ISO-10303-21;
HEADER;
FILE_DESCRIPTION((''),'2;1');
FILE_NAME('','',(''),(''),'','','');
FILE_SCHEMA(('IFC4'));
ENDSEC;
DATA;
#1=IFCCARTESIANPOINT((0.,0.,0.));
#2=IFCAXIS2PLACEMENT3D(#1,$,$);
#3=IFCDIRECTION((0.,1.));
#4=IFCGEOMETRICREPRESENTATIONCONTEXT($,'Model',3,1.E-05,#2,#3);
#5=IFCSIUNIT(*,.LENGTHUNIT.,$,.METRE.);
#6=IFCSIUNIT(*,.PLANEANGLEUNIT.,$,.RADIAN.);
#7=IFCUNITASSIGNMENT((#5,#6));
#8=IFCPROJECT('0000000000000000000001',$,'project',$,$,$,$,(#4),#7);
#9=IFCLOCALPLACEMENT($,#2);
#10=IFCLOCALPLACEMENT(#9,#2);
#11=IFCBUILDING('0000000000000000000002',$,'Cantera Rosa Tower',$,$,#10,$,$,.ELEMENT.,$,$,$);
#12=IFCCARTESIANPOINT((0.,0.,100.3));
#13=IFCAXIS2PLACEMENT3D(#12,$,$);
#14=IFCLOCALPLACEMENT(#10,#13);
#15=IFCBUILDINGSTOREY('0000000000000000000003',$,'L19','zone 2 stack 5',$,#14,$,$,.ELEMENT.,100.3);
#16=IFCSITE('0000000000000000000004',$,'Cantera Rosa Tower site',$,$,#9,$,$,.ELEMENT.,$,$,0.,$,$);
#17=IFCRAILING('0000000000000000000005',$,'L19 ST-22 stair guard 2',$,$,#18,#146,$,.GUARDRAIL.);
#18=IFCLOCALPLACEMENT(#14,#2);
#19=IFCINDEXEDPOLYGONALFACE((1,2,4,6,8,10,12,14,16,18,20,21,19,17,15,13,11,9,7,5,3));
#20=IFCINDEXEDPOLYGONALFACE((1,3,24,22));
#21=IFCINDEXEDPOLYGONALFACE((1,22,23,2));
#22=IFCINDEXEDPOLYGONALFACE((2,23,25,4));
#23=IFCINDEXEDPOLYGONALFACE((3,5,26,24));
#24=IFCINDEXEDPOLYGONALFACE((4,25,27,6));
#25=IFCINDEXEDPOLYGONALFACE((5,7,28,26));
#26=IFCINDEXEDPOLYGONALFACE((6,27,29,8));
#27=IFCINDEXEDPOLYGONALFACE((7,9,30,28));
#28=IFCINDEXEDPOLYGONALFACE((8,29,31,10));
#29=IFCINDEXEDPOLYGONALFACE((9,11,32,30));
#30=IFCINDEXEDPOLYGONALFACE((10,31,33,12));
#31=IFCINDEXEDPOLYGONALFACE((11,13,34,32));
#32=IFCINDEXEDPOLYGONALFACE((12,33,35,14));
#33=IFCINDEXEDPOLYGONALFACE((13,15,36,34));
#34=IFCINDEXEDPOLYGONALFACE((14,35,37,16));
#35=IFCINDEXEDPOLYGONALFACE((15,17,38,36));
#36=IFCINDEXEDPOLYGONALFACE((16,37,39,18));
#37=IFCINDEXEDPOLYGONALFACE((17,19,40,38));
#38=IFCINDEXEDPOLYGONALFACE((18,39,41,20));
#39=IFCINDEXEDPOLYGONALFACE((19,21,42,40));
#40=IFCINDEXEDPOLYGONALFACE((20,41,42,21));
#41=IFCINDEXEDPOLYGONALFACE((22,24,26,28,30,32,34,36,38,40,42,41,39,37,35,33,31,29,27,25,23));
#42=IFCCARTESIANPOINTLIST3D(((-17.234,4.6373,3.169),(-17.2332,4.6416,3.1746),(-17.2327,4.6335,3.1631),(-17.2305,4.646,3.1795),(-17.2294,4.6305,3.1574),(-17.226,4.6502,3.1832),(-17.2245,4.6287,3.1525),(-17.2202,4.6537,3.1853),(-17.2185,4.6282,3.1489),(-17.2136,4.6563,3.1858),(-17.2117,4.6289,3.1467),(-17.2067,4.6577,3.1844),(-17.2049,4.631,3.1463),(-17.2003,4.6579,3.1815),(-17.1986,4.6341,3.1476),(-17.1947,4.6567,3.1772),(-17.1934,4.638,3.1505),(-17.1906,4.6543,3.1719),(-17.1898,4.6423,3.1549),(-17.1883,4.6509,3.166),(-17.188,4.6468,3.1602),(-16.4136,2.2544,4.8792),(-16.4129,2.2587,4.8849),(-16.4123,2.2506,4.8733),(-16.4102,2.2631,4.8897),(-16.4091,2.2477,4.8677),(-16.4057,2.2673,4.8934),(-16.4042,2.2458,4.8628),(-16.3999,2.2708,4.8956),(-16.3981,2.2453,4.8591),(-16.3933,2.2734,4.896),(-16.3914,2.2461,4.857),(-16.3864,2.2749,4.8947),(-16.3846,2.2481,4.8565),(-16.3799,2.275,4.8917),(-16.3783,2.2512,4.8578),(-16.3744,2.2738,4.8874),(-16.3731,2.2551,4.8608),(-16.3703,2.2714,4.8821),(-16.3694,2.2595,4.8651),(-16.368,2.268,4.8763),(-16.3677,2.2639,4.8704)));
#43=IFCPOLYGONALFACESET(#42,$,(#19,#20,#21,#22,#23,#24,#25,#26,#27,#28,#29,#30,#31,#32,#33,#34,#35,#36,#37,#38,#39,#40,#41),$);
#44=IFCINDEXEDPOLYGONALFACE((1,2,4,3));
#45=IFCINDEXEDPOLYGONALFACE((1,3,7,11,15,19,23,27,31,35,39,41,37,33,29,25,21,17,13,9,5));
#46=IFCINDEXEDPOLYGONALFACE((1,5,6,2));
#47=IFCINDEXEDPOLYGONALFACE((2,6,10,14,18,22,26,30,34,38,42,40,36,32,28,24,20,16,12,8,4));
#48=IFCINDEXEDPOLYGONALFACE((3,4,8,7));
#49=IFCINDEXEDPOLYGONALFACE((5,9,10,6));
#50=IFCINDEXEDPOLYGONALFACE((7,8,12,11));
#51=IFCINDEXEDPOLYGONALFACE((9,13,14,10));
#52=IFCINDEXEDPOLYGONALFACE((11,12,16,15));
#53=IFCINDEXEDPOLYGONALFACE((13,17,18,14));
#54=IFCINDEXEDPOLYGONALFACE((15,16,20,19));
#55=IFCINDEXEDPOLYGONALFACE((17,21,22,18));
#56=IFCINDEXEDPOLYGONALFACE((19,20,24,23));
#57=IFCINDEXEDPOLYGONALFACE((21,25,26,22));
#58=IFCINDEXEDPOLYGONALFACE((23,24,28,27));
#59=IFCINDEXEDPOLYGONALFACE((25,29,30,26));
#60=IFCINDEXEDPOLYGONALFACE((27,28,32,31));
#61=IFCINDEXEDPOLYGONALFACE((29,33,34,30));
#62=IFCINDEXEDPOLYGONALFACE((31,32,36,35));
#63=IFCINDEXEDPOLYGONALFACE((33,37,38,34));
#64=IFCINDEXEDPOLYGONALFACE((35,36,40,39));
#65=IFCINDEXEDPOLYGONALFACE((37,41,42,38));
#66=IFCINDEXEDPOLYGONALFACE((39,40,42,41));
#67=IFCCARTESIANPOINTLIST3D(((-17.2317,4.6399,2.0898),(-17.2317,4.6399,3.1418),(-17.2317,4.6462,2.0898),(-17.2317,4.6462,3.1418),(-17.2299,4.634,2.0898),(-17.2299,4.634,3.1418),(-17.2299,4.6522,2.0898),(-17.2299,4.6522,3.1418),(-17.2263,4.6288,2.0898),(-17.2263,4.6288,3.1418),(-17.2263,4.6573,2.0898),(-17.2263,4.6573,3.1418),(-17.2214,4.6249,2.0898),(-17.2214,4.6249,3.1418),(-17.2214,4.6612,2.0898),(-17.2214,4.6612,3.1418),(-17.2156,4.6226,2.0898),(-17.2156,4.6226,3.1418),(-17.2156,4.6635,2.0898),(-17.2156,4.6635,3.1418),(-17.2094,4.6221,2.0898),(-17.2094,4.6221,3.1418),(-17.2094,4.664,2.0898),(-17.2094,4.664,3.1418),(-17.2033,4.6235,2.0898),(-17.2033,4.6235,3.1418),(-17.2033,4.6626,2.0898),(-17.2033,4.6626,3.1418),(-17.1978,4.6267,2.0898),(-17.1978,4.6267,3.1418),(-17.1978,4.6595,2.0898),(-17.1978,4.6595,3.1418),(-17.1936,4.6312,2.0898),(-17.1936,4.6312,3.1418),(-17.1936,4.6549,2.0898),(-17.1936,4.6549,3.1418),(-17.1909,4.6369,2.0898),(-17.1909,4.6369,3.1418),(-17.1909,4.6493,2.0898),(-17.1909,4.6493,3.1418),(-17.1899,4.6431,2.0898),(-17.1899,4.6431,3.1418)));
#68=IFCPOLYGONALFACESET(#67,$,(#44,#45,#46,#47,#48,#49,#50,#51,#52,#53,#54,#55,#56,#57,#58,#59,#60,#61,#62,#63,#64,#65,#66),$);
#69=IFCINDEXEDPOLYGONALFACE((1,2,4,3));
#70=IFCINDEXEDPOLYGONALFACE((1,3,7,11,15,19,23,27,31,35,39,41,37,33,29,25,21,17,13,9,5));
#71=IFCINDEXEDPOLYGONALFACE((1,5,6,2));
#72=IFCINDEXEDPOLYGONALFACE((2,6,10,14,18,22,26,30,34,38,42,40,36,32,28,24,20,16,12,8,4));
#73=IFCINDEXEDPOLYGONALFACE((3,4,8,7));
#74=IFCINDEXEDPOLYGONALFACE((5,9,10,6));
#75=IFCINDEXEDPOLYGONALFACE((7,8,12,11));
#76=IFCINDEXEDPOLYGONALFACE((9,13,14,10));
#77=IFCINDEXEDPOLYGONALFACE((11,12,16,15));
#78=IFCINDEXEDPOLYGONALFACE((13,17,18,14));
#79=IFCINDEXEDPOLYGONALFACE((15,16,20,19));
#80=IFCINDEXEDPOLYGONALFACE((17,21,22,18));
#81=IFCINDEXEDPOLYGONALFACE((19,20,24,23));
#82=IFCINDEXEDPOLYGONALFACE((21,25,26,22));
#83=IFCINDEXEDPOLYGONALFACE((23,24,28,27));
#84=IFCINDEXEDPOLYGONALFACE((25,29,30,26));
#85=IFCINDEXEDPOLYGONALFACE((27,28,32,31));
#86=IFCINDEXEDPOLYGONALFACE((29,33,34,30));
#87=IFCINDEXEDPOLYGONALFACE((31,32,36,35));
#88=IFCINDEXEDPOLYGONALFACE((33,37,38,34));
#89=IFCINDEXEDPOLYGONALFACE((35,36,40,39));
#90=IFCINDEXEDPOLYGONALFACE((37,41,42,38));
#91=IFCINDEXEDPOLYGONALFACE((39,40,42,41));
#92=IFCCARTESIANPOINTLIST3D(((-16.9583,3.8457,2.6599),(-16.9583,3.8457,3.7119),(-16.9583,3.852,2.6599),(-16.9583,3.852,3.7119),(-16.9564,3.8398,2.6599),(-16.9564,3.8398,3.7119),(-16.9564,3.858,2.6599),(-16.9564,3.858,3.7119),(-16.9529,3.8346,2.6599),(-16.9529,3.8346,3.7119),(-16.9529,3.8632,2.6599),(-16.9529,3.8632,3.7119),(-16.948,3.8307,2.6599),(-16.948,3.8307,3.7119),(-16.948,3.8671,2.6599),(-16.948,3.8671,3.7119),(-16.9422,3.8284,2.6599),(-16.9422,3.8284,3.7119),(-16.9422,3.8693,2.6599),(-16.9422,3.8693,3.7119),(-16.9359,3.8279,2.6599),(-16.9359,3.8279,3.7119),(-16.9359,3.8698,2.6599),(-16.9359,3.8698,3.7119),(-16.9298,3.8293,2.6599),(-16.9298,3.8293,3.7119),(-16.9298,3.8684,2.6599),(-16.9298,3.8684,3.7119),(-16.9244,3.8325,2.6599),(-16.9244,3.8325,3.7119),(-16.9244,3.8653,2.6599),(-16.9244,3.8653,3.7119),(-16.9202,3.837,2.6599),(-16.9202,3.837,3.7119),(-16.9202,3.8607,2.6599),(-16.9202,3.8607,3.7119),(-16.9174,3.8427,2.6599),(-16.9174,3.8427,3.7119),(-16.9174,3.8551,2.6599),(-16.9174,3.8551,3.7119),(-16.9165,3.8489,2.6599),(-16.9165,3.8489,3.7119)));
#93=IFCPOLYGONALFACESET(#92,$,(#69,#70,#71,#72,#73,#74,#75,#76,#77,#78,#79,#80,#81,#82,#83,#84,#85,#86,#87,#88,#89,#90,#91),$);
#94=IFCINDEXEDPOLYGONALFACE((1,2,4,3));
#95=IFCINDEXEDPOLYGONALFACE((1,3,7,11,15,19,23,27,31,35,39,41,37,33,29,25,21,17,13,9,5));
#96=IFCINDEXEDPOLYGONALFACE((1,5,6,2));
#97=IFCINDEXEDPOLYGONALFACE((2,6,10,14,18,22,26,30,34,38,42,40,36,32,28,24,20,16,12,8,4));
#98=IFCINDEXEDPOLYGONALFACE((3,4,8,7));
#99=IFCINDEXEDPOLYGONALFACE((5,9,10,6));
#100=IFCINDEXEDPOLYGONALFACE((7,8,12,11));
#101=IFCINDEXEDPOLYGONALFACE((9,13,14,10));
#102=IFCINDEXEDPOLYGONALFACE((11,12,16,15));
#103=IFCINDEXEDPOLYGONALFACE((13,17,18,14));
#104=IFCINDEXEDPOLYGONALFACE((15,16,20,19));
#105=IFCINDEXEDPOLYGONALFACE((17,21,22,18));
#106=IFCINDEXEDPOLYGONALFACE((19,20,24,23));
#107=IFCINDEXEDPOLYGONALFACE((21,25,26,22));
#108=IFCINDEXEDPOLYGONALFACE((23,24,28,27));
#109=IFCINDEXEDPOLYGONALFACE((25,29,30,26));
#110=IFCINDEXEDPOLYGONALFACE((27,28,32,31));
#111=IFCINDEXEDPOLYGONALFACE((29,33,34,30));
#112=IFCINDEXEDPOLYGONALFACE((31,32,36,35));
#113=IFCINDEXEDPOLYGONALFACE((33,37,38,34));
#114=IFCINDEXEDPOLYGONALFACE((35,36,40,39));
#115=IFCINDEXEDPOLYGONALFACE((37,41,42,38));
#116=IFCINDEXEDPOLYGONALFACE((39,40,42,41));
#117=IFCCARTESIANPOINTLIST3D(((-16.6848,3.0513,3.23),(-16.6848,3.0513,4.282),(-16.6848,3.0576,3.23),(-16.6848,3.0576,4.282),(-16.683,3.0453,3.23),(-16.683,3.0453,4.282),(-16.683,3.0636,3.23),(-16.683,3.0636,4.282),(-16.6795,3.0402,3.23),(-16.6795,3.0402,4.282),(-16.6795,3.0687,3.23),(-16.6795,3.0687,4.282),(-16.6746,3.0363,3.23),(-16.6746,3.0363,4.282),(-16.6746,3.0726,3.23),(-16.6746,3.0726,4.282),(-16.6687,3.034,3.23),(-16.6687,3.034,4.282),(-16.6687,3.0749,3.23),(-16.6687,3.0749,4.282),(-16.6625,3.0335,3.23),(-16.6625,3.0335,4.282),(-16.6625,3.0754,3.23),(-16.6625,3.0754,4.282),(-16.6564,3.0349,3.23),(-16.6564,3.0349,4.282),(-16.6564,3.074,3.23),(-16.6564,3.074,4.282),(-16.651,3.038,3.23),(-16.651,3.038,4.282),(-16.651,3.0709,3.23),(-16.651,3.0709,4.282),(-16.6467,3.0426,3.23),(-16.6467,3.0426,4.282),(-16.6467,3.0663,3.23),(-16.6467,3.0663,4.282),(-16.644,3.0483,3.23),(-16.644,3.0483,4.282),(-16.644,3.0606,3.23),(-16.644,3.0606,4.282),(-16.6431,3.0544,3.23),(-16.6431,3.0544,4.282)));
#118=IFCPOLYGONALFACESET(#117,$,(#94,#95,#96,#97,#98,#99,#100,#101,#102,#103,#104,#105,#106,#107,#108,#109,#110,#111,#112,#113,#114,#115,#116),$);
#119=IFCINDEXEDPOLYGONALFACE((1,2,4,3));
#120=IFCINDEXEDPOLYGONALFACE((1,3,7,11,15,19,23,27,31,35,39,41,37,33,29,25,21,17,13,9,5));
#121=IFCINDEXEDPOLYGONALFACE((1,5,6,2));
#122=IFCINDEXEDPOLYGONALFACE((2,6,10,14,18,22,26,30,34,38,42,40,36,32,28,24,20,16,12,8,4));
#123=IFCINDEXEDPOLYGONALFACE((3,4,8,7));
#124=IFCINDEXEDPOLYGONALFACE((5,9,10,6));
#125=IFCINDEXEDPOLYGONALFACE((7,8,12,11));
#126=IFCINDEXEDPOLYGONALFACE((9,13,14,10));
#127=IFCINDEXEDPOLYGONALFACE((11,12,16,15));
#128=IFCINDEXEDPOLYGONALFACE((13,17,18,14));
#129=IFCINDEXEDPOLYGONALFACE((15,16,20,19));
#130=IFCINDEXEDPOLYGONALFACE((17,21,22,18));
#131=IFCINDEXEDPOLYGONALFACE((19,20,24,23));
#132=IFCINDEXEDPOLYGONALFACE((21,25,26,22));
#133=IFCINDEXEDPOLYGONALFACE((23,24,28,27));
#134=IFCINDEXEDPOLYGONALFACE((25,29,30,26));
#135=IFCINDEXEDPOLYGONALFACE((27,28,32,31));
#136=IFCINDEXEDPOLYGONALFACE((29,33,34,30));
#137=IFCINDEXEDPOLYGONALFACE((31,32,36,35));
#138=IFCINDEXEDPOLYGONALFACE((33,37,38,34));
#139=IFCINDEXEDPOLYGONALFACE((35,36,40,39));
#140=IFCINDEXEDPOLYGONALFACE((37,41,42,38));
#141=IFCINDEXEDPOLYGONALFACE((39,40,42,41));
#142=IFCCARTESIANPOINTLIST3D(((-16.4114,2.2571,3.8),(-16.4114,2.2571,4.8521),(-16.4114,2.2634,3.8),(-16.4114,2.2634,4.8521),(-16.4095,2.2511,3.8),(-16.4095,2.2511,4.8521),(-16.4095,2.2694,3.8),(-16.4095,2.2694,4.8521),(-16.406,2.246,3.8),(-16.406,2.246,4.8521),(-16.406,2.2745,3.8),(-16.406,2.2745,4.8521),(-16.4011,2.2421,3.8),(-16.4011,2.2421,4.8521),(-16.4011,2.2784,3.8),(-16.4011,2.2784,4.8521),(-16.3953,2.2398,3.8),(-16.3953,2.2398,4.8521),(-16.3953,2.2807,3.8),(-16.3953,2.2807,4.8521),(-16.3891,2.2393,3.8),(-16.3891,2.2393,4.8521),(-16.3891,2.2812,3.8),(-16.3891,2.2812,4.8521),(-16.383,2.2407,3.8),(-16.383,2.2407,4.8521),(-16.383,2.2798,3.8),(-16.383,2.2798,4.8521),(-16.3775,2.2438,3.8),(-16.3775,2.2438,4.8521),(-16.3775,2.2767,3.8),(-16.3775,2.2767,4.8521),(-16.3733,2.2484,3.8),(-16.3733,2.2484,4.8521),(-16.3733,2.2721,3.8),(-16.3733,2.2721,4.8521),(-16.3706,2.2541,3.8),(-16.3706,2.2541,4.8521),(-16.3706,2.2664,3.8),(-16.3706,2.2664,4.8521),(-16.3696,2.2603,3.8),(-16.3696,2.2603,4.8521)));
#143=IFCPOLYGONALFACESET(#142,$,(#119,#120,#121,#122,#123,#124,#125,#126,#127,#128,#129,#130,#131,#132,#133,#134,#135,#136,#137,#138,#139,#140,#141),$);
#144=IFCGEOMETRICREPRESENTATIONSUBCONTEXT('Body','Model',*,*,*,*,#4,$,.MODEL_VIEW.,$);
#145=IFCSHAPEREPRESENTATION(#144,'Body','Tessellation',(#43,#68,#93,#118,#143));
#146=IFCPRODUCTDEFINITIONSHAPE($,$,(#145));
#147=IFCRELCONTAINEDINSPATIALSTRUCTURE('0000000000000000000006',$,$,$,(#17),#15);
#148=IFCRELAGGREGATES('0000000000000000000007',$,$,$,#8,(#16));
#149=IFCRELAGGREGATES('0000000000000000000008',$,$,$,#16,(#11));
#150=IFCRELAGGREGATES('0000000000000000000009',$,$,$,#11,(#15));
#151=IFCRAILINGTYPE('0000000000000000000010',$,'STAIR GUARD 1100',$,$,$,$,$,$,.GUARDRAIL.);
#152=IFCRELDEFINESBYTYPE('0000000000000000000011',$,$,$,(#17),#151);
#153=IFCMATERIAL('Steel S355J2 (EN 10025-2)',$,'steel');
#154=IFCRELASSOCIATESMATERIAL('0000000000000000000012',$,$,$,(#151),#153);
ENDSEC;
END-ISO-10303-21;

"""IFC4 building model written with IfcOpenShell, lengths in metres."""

from ifc_helpers import new_model, si_unit, direction, frame, origin, origin_2d, place, context, subcontext, project, spatial, circle, extrude, material, type_object, element, save


model = new_model("IFC4")

# Units and contexts
model_context = context("Model", 3, precision=1e-05, world=origin(), true_north=direction((0.0, 1.0)))
body_context = subcontext(model_context, "Body", "Model", "MODEL_VIEW")
ifc_project = project(units=[si_unit("LENGTHUNIT", "METRE"), si_unit("PLANEANGLEUNIT", "RADIAN")], contexts=[model_context])

# Site, building, storey
site_placement = place(None, origin())
site = spatial("IfcSite", under=ifc_project, at=site_placement, Name="Cantera Rosa Tower site", CompositionType="ELEMENT", RefElevation=0.0)
building_placement = place(site_placement, origin())
building = spatial("IfcBuilding", under=site, at=building_placement, Name="Cantera Rosa Tower", CompositionType="ELEMENT")
storey_placement = place(building_placement, frame((0.0, 0.0, 100.3)))
storey = spatial("IfcBuildingStorey", under=building, at=storey_placement, Name="L19", Description="zone 2 stack 5", CompositionType="ELEMENT", Elevation=100.3)

# Railing
ifc_material_1 = material(Name="Steel S355J2 (EN 10025-2)", Category="steel")
railing_type_1 = type_object("IfcRailingType", Name="STAIR GUARD 1100", PredefinedType="GUARDRAIL", material=ifc_material_1)
railing_1_placement = place(storey_placement, frame((-17.2109, 4.6431, 2.0898)))
element("IfcRailing", 1, at=railing_1_placement, inside=storey, type_object=railing_type_1, Name="L19 ST-22 stair guard 2", PredefinedType="GUARDRAIL", context=body_context, shape_type="SweptSolid", body=[
    extrude(circle(Radius=0.0239, at=origin_2d()), frame((0.0, 0.0, 1.0762), z_axis=(0.269346, -0.782386, 0.561538), x_axis=(0.945538, 0.325513, 0.0)), (0.0, 0.0, 1.0), 3.0457),
    extrude(circle(Radius=0.021, at=origin_2d()), origin(), (0.0, 0.0, 1.0), 1.052),
    extrude(circle(Radius=0.021, at=origin_2d()), frame((0.2734, -0.7942, 0.5701)), (0.0, 0.0, 1.0), 1.052),
    extrude(circle(Radius=0.021, at=origin_2d()), frame((0.5469, -1.5886, 1.1401)), (0.0, 0.0, 1.0), 1.052),
    extrude(circle(Radius=0.021, at=origin_2d()), frame((0.8203, -2.3828, 1.7102)), (0.0, 0.0, 1.0), 1.052),
])

save(model, "model.ifc")
